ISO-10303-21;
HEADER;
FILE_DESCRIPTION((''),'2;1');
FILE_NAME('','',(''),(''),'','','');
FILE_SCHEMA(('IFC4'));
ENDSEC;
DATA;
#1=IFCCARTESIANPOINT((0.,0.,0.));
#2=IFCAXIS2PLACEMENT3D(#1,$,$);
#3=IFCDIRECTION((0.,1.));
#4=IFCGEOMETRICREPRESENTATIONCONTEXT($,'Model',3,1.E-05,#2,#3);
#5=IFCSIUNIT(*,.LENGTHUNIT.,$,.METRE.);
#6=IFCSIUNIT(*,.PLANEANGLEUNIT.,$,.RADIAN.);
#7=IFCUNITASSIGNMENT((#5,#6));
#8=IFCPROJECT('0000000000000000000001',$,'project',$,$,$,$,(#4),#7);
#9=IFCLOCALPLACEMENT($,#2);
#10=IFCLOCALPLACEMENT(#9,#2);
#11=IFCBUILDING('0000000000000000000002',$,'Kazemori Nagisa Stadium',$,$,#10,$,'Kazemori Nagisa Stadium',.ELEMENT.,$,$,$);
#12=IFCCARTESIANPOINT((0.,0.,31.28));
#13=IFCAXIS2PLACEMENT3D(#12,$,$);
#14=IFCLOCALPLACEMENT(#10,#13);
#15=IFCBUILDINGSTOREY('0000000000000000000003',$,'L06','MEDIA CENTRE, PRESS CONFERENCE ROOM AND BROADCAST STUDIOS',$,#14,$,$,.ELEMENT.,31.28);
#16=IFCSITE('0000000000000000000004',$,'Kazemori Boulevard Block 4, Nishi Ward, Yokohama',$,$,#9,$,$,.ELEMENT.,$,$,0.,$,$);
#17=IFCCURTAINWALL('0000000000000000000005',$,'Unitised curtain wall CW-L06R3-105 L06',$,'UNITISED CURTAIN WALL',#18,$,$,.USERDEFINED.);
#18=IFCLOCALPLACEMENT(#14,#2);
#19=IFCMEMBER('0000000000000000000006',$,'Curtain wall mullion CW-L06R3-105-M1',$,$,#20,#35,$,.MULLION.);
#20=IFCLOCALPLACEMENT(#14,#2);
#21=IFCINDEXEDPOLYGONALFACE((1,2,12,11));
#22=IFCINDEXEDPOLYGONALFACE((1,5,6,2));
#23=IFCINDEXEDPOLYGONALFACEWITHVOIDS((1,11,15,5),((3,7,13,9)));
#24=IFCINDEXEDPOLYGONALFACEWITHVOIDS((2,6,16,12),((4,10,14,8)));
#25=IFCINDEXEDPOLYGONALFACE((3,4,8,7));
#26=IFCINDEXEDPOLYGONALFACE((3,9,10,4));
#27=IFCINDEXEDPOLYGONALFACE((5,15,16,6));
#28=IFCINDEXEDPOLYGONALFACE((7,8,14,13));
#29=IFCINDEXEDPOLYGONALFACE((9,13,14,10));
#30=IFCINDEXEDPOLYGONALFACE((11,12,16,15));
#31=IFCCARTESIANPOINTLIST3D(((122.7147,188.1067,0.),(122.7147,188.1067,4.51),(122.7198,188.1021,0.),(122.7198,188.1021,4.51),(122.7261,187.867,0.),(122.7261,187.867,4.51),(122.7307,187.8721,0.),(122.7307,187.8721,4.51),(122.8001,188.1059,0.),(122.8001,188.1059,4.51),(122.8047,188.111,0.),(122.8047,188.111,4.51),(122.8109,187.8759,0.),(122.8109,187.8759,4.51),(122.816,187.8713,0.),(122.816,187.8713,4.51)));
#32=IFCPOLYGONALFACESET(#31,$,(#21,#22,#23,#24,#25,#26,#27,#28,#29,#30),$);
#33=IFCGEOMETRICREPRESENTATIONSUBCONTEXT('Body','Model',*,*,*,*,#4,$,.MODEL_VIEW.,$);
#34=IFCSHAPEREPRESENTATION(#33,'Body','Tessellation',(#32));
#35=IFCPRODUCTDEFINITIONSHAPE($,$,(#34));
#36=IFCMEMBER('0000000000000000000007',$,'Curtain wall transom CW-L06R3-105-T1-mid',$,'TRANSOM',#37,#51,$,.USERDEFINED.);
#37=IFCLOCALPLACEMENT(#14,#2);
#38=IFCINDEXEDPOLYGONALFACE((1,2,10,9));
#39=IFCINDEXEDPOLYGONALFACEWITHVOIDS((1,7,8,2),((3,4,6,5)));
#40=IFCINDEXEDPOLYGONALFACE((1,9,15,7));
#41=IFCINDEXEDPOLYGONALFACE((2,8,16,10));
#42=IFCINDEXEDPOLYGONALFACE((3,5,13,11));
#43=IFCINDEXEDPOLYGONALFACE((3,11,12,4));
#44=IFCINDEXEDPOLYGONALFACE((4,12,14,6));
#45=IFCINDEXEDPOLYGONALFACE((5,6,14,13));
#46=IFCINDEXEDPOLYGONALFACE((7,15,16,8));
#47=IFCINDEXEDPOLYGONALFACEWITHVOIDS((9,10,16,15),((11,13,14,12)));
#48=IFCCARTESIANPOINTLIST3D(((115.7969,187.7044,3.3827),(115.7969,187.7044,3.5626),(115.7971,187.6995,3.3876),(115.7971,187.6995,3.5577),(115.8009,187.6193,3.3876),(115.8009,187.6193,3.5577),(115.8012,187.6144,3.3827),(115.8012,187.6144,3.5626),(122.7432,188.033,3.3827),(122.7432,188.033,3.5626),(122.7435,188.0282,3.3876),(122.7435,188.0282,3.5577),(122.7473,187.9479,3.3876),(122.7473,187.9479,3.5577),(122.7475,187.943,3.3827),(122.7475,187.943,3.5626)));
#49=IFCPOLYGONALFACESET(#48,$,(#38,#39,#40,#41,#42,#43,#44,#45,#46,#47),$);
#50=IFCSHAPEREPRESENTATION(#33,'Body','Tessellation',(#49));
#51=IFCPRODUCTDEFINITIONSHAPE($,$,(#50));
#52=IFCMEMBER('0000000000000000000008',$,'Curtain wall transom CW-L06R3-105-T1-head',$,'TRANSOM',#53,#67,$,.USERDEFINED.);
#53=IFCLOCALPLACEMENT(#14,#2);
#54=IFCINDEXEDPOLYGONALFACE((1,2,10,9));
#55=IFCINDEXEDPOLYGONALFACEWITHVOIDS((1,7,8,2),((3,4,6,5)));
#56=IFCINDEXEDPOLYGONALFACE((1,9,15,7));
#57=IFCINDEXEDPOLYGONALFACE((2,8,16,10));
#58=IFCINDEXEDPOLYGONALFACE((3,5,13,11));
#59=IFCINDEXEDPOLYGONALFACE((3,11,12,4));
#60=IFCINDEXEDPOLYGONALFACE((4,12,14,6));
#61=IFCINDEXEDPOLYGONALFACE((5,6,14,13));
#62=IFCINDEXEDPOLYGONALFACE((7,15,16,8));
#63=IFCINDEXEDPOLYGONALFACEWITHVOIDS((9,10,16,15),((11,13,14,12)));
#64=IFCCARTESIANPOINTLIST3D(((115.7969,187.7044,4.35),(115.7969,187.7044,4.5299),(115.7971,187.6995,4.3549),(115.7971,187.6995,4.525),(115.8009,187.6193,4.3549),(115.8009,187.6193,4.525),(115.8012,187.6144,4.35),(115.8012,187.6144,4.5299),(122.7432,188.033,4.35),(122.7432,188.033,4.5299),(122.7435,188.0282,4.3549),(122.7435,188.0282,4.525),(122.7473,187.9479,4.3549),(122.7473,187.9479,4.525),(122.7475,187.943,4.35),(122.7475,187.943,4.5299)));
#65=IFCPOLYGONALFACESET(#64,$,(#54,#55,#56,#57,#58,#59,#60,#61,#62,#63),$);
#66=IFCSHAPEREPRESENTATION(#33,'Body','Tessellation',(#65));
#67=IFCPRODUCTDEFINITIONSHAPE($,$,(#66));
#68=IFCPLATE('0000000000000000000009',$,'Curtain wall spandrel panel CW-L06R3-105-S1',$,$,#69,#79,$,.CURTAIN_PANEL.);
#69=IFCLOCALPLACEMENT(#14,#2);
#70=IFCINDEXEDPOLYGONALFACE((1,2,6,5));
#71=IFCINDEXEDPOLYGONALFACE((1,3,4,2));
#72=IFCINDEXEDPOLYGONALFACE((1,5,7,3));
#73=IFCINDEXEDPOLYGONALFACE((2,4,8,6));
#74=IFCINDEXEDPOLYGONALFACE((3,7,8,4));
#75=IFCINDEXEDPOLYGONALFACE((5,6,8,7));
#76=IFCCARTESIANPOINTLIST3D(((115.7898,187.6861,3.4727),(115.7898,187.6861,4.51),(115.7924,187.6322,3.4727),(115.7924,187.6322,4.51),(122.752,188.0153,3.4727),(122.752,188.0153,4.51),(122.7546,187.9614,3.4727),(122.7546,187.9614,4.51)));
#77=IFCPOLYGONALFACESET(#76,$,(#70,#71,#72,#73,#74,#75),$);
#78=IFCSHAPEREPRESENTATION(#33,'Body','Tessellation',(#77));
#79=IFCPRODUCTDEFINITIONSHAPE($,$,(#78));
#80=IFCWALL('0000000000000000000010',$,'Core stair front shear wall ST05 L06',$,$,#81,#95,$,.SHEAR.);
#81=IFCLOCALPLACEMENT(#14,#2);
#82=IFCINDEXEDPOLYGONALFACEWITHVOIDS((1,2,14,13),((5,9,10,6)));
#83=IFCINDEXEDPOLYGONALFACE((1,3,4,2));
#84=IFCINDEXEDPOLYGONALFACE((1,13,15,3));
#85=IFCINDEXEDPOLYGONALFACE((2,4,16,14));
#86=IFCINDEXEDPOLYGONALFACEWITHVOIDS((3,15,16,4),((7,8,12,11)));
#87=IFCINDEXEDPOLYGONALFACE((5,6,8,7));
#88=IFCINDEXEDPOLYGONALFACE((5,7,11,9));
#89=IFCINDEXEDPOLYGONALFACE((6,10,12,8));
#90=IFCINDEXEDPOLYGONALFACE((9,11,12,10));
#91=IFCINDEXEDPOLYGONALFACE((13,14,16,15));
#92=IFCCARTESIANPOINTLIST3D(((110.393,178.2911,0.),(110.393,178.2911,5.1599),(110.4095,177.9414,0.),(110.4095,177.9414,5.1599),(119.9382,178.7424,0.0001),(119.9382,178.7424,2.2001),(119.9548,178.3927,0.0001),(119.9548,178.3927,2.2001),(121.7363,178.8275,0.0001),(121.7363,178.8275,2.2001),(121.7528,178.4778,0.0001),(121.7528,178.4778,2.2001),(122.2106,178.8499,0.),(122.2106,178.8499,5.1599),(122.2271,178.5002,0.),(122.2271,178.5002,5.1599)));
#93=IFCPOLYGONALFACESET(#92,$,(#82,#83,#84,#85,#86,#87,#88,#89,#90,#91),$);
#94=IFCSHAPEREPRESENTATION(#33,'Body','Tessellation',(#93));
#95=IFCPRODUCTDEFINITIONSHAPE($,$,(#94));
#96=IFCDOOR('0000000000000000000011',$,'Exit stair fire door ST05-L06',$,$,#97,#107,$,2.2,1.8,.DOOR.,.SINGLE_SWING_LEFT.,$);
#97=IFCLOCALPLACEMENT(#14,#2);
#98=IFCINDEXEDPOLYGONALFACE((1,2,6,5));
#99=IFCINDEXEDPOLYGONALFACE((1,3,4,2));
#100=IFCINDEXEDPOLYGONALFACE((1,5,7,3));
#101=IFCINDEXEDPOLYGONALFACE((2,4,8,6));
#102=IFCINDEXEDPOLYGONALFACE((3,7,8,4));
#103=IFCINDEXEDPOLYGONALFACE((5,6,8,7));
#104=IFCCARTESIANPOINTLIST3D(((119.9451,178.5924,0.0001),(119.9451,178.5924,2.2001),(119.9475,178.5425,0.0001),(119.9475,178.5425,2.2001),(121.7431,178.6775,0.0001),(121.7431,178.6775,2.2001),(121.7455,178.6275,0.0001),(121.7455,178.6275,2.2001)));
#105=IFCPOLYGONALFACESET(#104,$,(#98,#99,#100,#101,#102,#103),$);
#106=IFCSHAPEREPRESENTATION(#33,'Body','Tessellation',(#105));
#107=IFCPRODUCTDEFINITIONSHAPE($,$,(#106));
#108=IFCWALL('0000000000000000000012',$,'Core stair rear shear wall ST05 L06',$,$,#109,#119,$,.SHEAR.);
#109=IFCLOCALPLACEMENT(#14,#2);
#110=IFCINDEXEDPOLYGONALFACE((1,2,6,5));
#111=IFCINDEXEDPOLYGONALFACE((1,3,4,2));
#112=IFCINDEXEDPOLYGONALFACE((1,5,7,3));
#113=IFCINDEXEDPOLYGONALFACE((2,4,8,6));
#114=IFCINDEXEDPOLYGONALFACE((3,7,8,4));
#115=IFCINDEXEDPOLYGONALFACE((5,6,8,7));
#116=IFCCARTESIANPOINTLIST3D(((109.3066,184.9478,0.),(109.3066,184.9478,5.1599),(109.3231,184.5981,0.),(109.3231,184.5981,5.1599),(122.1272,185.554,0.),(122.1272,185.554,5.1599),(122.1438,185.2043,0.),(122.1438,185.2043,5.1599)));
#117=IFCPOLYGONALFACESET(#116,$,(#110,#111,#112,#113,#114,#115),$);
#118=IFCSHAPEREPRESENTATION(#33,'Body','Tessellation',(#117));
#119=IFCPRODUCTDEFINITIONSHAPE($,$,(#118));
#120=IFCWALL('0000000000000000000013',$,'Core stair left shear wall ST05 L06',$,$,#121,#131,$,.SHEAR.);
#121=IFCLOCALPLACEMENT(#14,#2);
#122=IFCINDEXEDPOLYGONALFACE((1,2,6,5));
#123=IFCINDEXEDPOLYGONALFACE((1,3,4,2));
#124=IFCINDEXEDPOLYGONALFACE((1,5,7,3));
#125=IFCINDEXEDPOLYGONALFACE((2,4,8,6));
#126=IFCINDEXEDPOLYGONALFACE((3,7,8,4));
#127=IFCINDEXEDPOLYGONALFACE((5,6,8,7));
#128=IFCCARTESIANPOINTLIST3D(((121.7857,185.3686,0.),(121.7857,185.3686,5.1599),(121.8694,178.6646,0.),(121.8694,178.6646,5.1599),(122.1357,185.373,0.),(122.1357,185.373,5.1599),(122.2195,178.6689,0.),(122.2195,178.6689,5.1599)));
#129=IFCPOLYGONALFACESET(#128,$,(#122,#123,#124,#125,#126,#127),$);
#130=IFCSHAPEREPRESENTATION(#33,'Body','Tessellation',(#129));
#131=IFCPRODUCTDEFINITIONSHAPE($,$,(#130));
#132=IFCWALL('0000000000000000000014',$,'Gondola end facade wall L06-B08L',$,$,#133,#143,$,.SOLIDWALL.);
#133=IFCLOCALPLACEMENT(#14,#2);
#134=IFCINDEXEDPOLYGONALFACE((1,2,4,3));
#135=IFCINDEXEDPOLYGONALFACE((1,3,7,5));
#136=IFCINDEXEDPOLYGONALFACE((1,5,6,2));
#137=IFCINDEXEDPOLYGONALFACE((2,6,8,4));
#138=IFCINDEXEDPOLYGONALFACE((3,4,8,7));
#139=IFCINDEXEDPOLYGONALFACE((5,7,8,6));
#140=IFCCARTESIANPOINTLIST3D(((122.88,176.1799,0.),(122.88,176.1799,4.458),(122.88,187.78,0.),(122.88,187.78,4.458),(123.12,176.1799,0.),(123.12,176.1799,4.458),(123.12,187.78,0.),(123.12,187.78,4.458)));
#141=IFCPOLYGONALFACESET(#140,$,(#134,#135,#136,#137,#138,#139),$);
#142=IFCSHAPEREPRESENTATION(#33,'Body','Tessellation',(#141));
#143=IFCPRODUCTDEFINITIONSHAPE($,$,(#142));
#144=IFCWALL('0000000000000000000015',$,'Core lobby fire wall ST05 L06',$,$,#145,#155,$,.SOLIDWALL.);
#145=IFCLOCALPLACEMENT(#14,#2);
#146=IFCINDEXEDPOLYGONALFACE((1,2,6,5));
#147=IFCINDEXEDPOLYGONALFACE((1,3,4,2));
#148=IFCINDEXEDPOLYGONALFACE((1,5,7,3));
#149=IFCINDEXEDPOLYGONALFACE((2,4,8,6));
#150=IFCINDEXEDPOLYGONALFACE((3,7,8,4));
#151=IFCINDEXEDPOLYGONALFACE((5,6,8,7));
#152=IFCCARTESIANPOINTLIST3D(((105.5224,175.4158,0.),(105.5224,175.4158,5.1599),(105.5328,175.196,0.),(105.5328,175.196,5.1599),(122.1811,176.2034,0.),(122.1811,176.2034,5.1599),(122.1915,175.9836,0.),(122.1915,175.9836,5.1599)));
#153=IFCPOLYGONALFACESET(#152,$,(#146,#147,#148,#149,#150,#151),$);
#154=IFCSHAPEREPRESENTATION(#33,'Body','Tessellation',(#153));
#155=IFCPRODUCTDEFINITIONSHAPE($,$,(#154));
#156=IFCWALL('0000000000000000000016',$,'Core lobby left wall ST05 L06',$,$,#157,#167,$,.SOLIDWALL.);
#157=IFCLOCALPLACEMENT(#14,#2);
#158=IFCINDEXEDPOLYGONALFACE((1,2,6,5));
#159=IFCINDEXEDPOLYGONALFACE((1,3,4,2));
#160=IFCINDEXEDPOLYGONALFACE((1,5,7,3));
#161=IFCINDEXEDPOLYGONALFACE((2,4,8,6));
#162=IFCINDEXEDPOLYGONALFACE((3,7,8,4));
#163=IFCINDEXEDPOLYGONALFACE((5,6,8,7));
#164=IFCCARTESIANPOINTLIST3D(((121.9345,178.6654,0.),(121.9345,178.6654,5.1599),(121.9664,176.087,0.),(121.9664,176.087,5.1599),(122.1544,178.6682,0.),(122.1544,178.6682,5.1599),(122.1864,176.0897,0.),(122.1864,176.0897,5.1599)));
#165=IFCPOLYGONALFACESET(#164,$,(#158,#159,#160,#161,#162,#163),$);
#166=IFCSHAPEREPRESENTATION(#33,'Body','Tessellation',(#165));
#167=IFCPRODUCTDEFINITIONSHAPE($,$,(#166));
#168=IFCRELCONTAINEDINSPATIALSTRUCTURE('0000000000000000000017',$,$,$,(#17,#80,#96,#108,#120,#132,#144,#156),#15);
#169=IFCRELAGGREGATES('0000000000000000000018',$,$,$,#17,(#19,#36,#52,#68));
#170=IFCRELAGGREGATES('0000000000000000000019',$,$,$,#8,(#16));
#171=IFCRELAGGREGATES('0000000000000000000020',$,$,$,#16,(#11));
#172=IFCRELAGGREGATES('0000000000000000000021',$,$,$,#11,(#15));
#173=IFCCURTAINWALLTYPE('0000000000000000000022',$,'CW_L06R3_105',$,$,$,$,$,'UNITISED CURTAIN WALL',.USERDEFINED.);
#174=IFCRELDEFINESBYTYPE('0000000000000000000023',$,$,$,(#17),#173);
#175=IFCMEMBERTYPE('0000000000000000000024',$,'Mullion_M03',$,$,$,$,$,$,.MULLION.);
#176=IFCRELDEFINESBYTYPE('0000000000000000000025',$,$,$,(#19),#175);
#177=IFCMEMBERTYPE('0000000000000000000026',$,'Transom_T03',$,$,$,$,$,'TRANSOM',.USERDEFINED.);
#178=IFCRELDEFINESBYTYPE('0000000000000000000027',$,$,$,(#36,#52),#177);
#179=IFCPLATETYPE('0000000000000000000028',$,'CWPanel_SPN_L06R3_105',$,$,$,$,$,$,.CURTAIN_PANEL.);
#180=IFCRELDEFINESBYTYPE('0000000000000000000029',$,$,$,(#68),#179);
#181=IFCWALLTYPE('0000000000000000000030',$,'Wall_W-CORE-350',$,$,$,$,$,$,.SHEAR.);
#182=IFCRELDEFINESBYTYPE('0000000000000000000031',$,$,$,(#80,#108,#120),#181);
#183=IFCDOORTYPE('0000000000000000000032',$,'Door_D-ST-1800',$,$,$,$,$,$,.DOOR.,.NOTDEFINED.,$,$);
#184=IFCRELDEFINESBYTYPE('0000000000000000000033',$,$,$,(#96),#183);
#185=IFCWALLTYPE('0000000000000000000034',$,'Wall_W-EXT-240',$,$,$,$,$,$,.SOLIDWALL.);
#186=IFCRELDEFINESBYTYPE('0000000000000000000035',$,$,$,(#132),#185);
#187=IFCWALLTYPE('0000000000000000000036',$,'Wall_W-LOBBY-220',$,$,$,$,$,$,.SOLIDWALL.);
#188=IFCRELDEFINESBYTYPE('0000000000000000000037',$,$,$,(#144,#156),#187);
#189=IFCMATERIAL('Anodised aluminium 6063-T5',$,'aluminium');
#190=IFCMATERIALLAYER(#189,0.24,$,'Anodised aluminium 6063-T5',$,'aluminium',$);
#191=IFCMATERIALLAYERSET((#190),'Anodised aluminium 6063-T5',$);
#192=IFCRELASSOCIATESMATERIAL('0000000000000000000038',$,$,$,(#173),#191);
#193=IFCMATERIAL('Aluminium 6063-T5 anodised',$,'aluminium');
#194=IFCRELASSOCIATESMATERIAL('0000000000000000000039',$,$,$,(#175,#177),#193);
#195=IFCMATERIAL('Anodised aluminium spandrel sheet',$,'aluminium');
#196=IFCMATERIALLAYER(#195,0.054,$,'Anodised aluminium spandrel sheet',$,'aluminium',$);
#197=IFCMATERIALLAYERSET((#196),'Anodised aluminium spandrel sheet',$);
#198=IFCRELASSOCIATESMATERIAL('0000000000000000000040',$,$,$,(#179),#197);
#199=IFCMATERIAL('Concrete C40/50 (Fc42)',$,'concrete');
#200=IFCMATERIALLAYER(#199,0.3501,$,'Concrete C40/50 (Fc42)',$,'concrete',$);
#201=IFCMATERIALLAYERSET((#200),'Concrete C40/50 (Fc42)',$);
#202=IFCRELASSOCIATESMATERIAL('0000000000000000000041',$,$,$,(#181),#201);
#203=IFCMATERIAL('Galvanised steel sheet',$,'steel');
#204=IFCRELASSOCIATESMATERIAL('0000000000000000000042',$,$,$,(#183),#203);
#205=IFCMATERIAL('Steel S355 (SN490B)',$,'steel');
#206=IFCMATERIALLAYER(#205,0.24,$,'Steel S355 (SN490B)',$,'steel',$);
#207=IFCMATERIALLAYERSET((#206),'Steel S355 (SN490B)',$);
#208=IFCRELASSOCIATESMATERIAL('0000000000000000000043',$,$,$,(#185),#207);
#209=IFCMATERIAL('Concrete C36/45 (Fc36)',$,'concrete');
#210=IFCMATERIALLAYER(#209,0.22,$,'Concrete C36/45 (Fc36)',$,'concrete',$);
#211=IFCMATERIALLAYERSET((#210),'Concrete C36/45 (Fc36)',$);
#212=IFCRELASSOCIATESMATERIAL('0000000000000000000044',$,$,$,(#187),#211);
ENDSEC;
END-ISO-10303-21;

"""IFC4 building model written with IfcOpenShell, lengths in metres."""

from ifc_helpers import new_model, si_unit, direction, frame, frame_2d, origin, origin_2d, place, context, subcontext, project, spatial, rectangle, hollow_rectangle, extrude, material, layer, layer_set, material_profile, profile_set, type_object, element, fill, aggregate, save


model = new_model("IFC4")

# Units and contexts
model_context = context("Model", 3, precision=1e-05, world=origin(), true_north=direction((0.0, 1.0)))
body_context = subcontext(model_context, "Body", "Model", "MODEL_VIEW")
ifc_project = project(units=[si_unit("LENGTHUNIT", "METRE"), si_unit("PLANEANGLEUNIT", "RADIAN")], contexts=[model_context])

# Site, building, storey
site_placement = place(None, origin())
site = spatial("IfcSite", under=ifc_project, at=site_placement, Name="Kazemori Boulevard Block 4, Nishi Ward, Yokohama", CompositionType="ELEMENT", RefElevation=0.0)
building_placement = place(site_placement, origin())
building = spatial("IfcBuilding", under=site, at=building_placement, Name="Kazemori Nagisa Stadium", LongName="Kazemori Nagisa Stadium", CompositionType="ELEMENT")
storey_placement = place(building_placement, frame((0.0, 0.0, 31.28)))
storey = spatial("IfcBuildingStorey", under=building, at=storey_placement, Name="L06", Description="MEDIA CENTRE, PRESS CONFERENCE ROOM AND BROADCAST STUDIOS", CompositionType="ELEMENT", Elevation=31.28)

# Curtain wall, members, plate
ifc_material_1 = material(Name="Anodised aluminium 6063-T5", Category="aluminium")
ifc_layer_1 = layer(ifc_material_1, 0.24, Name="Anodised aluminium 6063-T5", Category="aluminium")
ifc_layer_set_1 = layer_set([ifc_layer_1], Name="Anodised aluminium 6063-T5")
curtain_wall_type = type_object("IfcCurtainWallType", Name="CW_L06R3_105", ElementType="UNITISED CURTAIN WALL", PredefinedType="USERDEFINED", material=ifc_layer_set_1)
curtain_wall_placement = place(storey_placement, origin())
curtain_wall = element("IfcCurtainWall", 1, at=curtain_wall_placement, inside=storey, type_object=curtain_wall_type, Name="Unitised curtain wall CW-L06R3-105 L06", ObjectType="UNITISED CURTAIN WALL", PredefinedType="USERDEFINED")
ifc_material_2 = material(Name="Aluminium 6063-T5 anodised", Category="aluminium")
ifc_material_profile_1 = material_profile(ifc_material_2, hollow_rectangle(XDim=0.0901, YDim=0.24, WallThickness=0.0049, at=origin_2d()), Name="ALU-MULL-90x240x5")
ifc_profile_set_1 = profile_set([ifc_material_profile_1], Name="Aluminium 6063-T5 anodised")
member_type_1 = type_object("IfcMemberType", Name="Mullion_M03", PredefinedType="MULLION", material=ifc_profile_set_1)
member_1_placement = place(storey_placement, frame((122.7654, 187.989, 0.0), z_axis=(0.0, 0.0, 1.0), x_axis=(-0.998884, -0.04723, 0.0)))
member_1 = element("IfcMember", 2, at=member_1_placement, type_object=member_type_1, Name="Curtain wall mullion CW-L06R3-105-M1", PredefinedType="MULLION", context=body_context, shape_type="SweptSolid", body=[
    extrude(hollow_rectangle(XDim=0.0901, YDim=0.24, WallThickness=0.0049, at=origin_2d()), origin(), (0.0, 0.0, 1.0), 4.51),
])
ifc_material_profile_2 = material_profile(ifc_material_2, hollow_rectangle(XDim=0.0901, YDim=0.1799, WallThickness=0.0049, at=origin_2d()), Name="ALU-TRAN-90x180x5")
ifc_profile_set_2 = profile_set([ifc_material_profile_2], Name="Aluminium 6063-T5 anodised")
member_type_2 = type_object("IfcMemberType", Name="Transom_T03", ElementType="TRANSOM", PredefinedType="USERDEFINED", material=ifc_profile_set_2)
member_2_placement = place(storey_placement, frame((122.7454, 187.988, 3.4727), z_axis=(-0.998883, -0.047255, 0.0), x_axis=(0.047255, -0.998883, 0.0)))
member_2 = element("IfcMember", 3, at=member_2_placement, type_object=member_type_2, Name="Curtain wall transom CW-L06R3-105-T1-mid", ObjectType="TRANSOM", PredefinedType="USERDEFINED", context=body_context, shape_type="SweptSolid", body=[
    extrude(hollow_rectangle(XDim=0.0901, YDim=0.1799, WallThickness=0.0049, at=origin_2d()), origin(), (0.0, 0.0, 1.0), 6.9541),
])
member_3_placement = place(storey_placement, frame((122.7454, 187.988, 4.4399), z_axis=(-0.998883, -0.047255, 0.0), x_axis=(0.047255, -0.998883, 0.0)))
member_3 = element("IfcMember", 4, at=member_3_placement, type_object=member_type_2, Name="Curtain wall transom CW-L06R3-105-T1-head", ObjectType="TRANSOM", PredefinedType="USERDEFINED", context=body_context, shape_type="SweptSolid", body=[
    extrude(hollow_rectangle(XDim=0.0901, YDim=0.1799, WallThickness=0.0049, at=origin_2d()), origin(), (0.0, 0.0, 1.0), 6.9541),
])
ifc_material_3 = material(Name="Anodised aluminium spandrel sheet", Category="aluminium")
ifc_layer_2 = layer(ifc_material_3, 0.054, Name="Anodised aluminium spandrel sheet", Category="aluminium")
ifc_layer_set_2 = layer_set([ifc_layer_2], Name="Anodised aluminium spandrel sheet")
plate_type = type_object("IfcPlateType", Name="CWPanel_SPN_L06R3_105", PredefinedType="CURTAIN_PANEL", material=ifc_layer_set_2)
plate_placement = place(storey_placement, frame((119.2722, 187.8237, 3.4727), z_axis=(0.0, 0.0, 1.0), x_axis=(-0.998884, -0.04723, 0.0)))
plate = element("IfcPlate", 5, at=plate_placement, type_object=plate_type, Name="Curtain wall spandrel panel CW-L06R3-105-S1", PredefinedType="CURTAIN_PANEL", context=body_context, shape_type="SweptSolid", body=[
    extrude(rectangle(XDim=6.97, YDim=0.054, at=origin_2d()), origin(), (0.0, 0.0, 1.0), 1.0374),
])
aggregate(curtain_wall, [member_1, member_2, member_3, plate])

# Wall, opening, door
ifc_material_4 = material(Name="Concrete C40/50 (Fc42)", Category="concrete")
ifc_layer_3 = layer(ifc_material_4, 0.3501, Name="Concrete C40/50 (Fc42)", Category="concrete")
ifc_layer_set_3 = layer_set([ifc_layer_3], Name="Concrete C40/50 (Fc42)")
wall_type_1 = type_object("IfcWallType", Name="Wall_W-CORE-350", PredefinedType="SHEAR", material=ifc_layer_set_3)
wall_1_placement = place(storey_placement, frame((122.219, 178.675, 0.0), z_axis=(0.0, 0.0, 1.0), x_axis=(-0.998884, -0.047236, 0.0)))
wall_1 = element("IfcWall", 6, at=wall_1_placement, inside=storey, type_object=wall_type_1, Name="Core stair front shear wall ST05 L06", PredefinedType="SHEAR", context=body_context, shape_type="SweptSolid", body=[
    extrude(rectangle(XDim=11.8308, YDim=0.3501, at=frame_2d((5.9155, 0.0))), origin(), (0.0, 0.0, 1.0), 5.1599),
])
opening_placement = place(wall_1_placement, frame((0.4751, 0.0, 0.0)))
opening = element("IfcOpeningElement", 7, at=opening_placement, cuts=wall_1, PredefinedType="OPENING", context=body_context, shape_type="SweptSolid", body=[
    extrude(rectangle(XDim=1.8, YDim=2.2, at=frame_2d((0.8999, 1.1001))), frame((0.0, 0.1851, 0.0), z_axis=(0.0, -1.0, 0.0), x_axis=(1.0, 0.0, 0.0)), (0.0, 0.0, 1.0), 0.3701),
])
ifc_material_5 = material(Name="Galvanised steel sheet", Category="steel")
door_type = type_object("IfcDoorType", Name="Door_D-ST-1800", OperationType="NOTDEFINED", PredefinedType="DOOR", material=ifc_material_5)
door_placement = place(opening_placement, frame((1.8, 0.0, 0.0), z_axis=(0.0, 0.0, 1.0), x_axis=(-1.0, 0.0, 0.0)))
door = element("IfcDoor", 8, at=door_placement, inside=storey, type_object=door_type, Name="Exit stair fire door ST05-L06", OperationType="SINGLE_SWING_LEFT", OverallHeight=2.2, OverallWidth=1.8, PredefinedType="DOOR", context=body_context, shape_type="SweptSolid", body=[
    extrude(rectangle(XDim=1.8, YDim=2.2, at=frame_2d((0.8999, 1.1001))), frame((0.0, 0.0249, 0.0), z_axis=(0.0, -1.0, 0.0), x_axis=(1.0, 0.0, 0.0)), (0.0, 0.0, 1.0), 0.05),
])
fill(opening, door)

# Walls
wall_2_placement = place(storey_placement, frame((122.1355, 185.3792, 0.0), z_axis=(0.0, 0.0, 1.0), x_axis=(-0.998884, -0.047231, 0.0)))
element("IfcWall", 9, at=wall_2_placement, inside=storey, type_object=wall_type_1, Name="Core stair rear shear wall ST05 L06", PredefinedType="SHEAR", context=body_context, shape_type="SweptSolid", body=[
    extrude(rectangle(XDim=12.835, YDim=0.3501, at=frame_2d((6.4175, 0.0))), origin(), (0.0, 0.0, 1.0), 5.1599),
])
wall_3_placement = place(storey_placement, frame((122.0444, 178.6667, 0.0), z_axis=(0.0, 0.0, 1.0), x_axis=(-0.01249, 0.999922, 0.0)))
element("IfcWall", 10, at=wall_3_placement, inside=storey, type_object=wall_type_1, Name="Core stair left shear wall ST05 L06", PredefinedType="SHEAR", context=body_context, shape_type="SweptSolid", body=[
    extrude(rectangle(XDim=6.7046, YDim=0.3501, at=frame_2d((3.3523, 0.0))), origin(), (0.0, 0.0, 1.0), 5.1599),
])
ifc_material_6 = material(Name="Steel S355 (SN490B)", Category="steel")
ifc_layer_4 = layer(ifc_material_6, 0.24, Name="Steel S355 (SN490B)", Category="steel")
ifc_layer_set_4 = layer_set([ifc_layer_4], Name="Steel S355 (SN490B)")
wall_type_2 = type_object("IfcWallType", Name="Wall_W-EXT-240", PredefinedType="SOLIDWALL", material=ifc_layer_set_4)
wall_4_placement = place(storey_placement, frame((123.0, 176.1799, 0.0), z_axis=(0.0, 0.0, 1.0), x_axis=(0.0, 1.0, 0.0)))
element("IfcWall", 11, at=wall_4_placement, inside=storey, type_object=wall_type_2, Name="Gondola end facade wall L06-B08L", PredefinedType="SOLIDWALL", context=body_context, shape_type="SweptSolid", body=[
    extrude(rectangle(XDim=11.6001, YDim=0.24, at=frame_2d((5.8, 0.0))), origin(), (0.0, 0.0, 1.0), 4.458),
])
ifc_material_7 = material(Name="Concrete C36/45 (Fc36)", Category="concrete")
ifc_layer_5 = layer(ifc_material_7, 0.22, Name="Concrete C36/45 (Fc36)", Category="concrete")
ifc_layer_set_5 = layer_set([ifc_layer_5], Name="Concrete C36/45 (Fc36)")
wall_type_3 = type_object("IfcWallType", Name="Wall_W-LOBBY-220", PredefinedType="SOLIDWALL", material=ifc_layer_set_5)
wall_5_placement = place(storey_placement, frame((122.1863, 176.0935, 0.0), z_axis=(0.0, 0.0, 1.0), x_axis=(-0.998884, -0.047226, 0.0)))
element("IfcWall", 12, at=wall_5_placement, inside=storey, type_object=wall_type_3, Name="Core lobby fire wall ST05 L06", PredefinedType="SOLIDWALL", context=body_context, shape_type="SweptSolid", body=[
    extrude(rectangle(XDim=16.6772, YDim=0.22, at=frame_2d((8.3386, 0.0))), origin(), (0.0, 0.0, 1.0), 5.1599),
])
wall_6_placement = place(storey_placement, frame((122.0764, 176.0884, 0.0), z_axis=(0.0, 0.0, 1.0), x_axis=(-0.012403, 0.999923, 0.0)))
element("IfcWall", 13, at=wall_6_placement, inside=storey, type_object=wall_type_3, Name="Core lobby left wall ST05 L06", PredefinedType="SOLIDWALL", context=body_context, shape_type="SweptSolid", body=[
    extrude(rectangle(XDim=2.5786, YDim=0.22, at=frame_2d((1.2893, 0.0))), origin(), (0.0, 0.0, 1.0), 5.1599),
])

save(model, "model.ifc")
